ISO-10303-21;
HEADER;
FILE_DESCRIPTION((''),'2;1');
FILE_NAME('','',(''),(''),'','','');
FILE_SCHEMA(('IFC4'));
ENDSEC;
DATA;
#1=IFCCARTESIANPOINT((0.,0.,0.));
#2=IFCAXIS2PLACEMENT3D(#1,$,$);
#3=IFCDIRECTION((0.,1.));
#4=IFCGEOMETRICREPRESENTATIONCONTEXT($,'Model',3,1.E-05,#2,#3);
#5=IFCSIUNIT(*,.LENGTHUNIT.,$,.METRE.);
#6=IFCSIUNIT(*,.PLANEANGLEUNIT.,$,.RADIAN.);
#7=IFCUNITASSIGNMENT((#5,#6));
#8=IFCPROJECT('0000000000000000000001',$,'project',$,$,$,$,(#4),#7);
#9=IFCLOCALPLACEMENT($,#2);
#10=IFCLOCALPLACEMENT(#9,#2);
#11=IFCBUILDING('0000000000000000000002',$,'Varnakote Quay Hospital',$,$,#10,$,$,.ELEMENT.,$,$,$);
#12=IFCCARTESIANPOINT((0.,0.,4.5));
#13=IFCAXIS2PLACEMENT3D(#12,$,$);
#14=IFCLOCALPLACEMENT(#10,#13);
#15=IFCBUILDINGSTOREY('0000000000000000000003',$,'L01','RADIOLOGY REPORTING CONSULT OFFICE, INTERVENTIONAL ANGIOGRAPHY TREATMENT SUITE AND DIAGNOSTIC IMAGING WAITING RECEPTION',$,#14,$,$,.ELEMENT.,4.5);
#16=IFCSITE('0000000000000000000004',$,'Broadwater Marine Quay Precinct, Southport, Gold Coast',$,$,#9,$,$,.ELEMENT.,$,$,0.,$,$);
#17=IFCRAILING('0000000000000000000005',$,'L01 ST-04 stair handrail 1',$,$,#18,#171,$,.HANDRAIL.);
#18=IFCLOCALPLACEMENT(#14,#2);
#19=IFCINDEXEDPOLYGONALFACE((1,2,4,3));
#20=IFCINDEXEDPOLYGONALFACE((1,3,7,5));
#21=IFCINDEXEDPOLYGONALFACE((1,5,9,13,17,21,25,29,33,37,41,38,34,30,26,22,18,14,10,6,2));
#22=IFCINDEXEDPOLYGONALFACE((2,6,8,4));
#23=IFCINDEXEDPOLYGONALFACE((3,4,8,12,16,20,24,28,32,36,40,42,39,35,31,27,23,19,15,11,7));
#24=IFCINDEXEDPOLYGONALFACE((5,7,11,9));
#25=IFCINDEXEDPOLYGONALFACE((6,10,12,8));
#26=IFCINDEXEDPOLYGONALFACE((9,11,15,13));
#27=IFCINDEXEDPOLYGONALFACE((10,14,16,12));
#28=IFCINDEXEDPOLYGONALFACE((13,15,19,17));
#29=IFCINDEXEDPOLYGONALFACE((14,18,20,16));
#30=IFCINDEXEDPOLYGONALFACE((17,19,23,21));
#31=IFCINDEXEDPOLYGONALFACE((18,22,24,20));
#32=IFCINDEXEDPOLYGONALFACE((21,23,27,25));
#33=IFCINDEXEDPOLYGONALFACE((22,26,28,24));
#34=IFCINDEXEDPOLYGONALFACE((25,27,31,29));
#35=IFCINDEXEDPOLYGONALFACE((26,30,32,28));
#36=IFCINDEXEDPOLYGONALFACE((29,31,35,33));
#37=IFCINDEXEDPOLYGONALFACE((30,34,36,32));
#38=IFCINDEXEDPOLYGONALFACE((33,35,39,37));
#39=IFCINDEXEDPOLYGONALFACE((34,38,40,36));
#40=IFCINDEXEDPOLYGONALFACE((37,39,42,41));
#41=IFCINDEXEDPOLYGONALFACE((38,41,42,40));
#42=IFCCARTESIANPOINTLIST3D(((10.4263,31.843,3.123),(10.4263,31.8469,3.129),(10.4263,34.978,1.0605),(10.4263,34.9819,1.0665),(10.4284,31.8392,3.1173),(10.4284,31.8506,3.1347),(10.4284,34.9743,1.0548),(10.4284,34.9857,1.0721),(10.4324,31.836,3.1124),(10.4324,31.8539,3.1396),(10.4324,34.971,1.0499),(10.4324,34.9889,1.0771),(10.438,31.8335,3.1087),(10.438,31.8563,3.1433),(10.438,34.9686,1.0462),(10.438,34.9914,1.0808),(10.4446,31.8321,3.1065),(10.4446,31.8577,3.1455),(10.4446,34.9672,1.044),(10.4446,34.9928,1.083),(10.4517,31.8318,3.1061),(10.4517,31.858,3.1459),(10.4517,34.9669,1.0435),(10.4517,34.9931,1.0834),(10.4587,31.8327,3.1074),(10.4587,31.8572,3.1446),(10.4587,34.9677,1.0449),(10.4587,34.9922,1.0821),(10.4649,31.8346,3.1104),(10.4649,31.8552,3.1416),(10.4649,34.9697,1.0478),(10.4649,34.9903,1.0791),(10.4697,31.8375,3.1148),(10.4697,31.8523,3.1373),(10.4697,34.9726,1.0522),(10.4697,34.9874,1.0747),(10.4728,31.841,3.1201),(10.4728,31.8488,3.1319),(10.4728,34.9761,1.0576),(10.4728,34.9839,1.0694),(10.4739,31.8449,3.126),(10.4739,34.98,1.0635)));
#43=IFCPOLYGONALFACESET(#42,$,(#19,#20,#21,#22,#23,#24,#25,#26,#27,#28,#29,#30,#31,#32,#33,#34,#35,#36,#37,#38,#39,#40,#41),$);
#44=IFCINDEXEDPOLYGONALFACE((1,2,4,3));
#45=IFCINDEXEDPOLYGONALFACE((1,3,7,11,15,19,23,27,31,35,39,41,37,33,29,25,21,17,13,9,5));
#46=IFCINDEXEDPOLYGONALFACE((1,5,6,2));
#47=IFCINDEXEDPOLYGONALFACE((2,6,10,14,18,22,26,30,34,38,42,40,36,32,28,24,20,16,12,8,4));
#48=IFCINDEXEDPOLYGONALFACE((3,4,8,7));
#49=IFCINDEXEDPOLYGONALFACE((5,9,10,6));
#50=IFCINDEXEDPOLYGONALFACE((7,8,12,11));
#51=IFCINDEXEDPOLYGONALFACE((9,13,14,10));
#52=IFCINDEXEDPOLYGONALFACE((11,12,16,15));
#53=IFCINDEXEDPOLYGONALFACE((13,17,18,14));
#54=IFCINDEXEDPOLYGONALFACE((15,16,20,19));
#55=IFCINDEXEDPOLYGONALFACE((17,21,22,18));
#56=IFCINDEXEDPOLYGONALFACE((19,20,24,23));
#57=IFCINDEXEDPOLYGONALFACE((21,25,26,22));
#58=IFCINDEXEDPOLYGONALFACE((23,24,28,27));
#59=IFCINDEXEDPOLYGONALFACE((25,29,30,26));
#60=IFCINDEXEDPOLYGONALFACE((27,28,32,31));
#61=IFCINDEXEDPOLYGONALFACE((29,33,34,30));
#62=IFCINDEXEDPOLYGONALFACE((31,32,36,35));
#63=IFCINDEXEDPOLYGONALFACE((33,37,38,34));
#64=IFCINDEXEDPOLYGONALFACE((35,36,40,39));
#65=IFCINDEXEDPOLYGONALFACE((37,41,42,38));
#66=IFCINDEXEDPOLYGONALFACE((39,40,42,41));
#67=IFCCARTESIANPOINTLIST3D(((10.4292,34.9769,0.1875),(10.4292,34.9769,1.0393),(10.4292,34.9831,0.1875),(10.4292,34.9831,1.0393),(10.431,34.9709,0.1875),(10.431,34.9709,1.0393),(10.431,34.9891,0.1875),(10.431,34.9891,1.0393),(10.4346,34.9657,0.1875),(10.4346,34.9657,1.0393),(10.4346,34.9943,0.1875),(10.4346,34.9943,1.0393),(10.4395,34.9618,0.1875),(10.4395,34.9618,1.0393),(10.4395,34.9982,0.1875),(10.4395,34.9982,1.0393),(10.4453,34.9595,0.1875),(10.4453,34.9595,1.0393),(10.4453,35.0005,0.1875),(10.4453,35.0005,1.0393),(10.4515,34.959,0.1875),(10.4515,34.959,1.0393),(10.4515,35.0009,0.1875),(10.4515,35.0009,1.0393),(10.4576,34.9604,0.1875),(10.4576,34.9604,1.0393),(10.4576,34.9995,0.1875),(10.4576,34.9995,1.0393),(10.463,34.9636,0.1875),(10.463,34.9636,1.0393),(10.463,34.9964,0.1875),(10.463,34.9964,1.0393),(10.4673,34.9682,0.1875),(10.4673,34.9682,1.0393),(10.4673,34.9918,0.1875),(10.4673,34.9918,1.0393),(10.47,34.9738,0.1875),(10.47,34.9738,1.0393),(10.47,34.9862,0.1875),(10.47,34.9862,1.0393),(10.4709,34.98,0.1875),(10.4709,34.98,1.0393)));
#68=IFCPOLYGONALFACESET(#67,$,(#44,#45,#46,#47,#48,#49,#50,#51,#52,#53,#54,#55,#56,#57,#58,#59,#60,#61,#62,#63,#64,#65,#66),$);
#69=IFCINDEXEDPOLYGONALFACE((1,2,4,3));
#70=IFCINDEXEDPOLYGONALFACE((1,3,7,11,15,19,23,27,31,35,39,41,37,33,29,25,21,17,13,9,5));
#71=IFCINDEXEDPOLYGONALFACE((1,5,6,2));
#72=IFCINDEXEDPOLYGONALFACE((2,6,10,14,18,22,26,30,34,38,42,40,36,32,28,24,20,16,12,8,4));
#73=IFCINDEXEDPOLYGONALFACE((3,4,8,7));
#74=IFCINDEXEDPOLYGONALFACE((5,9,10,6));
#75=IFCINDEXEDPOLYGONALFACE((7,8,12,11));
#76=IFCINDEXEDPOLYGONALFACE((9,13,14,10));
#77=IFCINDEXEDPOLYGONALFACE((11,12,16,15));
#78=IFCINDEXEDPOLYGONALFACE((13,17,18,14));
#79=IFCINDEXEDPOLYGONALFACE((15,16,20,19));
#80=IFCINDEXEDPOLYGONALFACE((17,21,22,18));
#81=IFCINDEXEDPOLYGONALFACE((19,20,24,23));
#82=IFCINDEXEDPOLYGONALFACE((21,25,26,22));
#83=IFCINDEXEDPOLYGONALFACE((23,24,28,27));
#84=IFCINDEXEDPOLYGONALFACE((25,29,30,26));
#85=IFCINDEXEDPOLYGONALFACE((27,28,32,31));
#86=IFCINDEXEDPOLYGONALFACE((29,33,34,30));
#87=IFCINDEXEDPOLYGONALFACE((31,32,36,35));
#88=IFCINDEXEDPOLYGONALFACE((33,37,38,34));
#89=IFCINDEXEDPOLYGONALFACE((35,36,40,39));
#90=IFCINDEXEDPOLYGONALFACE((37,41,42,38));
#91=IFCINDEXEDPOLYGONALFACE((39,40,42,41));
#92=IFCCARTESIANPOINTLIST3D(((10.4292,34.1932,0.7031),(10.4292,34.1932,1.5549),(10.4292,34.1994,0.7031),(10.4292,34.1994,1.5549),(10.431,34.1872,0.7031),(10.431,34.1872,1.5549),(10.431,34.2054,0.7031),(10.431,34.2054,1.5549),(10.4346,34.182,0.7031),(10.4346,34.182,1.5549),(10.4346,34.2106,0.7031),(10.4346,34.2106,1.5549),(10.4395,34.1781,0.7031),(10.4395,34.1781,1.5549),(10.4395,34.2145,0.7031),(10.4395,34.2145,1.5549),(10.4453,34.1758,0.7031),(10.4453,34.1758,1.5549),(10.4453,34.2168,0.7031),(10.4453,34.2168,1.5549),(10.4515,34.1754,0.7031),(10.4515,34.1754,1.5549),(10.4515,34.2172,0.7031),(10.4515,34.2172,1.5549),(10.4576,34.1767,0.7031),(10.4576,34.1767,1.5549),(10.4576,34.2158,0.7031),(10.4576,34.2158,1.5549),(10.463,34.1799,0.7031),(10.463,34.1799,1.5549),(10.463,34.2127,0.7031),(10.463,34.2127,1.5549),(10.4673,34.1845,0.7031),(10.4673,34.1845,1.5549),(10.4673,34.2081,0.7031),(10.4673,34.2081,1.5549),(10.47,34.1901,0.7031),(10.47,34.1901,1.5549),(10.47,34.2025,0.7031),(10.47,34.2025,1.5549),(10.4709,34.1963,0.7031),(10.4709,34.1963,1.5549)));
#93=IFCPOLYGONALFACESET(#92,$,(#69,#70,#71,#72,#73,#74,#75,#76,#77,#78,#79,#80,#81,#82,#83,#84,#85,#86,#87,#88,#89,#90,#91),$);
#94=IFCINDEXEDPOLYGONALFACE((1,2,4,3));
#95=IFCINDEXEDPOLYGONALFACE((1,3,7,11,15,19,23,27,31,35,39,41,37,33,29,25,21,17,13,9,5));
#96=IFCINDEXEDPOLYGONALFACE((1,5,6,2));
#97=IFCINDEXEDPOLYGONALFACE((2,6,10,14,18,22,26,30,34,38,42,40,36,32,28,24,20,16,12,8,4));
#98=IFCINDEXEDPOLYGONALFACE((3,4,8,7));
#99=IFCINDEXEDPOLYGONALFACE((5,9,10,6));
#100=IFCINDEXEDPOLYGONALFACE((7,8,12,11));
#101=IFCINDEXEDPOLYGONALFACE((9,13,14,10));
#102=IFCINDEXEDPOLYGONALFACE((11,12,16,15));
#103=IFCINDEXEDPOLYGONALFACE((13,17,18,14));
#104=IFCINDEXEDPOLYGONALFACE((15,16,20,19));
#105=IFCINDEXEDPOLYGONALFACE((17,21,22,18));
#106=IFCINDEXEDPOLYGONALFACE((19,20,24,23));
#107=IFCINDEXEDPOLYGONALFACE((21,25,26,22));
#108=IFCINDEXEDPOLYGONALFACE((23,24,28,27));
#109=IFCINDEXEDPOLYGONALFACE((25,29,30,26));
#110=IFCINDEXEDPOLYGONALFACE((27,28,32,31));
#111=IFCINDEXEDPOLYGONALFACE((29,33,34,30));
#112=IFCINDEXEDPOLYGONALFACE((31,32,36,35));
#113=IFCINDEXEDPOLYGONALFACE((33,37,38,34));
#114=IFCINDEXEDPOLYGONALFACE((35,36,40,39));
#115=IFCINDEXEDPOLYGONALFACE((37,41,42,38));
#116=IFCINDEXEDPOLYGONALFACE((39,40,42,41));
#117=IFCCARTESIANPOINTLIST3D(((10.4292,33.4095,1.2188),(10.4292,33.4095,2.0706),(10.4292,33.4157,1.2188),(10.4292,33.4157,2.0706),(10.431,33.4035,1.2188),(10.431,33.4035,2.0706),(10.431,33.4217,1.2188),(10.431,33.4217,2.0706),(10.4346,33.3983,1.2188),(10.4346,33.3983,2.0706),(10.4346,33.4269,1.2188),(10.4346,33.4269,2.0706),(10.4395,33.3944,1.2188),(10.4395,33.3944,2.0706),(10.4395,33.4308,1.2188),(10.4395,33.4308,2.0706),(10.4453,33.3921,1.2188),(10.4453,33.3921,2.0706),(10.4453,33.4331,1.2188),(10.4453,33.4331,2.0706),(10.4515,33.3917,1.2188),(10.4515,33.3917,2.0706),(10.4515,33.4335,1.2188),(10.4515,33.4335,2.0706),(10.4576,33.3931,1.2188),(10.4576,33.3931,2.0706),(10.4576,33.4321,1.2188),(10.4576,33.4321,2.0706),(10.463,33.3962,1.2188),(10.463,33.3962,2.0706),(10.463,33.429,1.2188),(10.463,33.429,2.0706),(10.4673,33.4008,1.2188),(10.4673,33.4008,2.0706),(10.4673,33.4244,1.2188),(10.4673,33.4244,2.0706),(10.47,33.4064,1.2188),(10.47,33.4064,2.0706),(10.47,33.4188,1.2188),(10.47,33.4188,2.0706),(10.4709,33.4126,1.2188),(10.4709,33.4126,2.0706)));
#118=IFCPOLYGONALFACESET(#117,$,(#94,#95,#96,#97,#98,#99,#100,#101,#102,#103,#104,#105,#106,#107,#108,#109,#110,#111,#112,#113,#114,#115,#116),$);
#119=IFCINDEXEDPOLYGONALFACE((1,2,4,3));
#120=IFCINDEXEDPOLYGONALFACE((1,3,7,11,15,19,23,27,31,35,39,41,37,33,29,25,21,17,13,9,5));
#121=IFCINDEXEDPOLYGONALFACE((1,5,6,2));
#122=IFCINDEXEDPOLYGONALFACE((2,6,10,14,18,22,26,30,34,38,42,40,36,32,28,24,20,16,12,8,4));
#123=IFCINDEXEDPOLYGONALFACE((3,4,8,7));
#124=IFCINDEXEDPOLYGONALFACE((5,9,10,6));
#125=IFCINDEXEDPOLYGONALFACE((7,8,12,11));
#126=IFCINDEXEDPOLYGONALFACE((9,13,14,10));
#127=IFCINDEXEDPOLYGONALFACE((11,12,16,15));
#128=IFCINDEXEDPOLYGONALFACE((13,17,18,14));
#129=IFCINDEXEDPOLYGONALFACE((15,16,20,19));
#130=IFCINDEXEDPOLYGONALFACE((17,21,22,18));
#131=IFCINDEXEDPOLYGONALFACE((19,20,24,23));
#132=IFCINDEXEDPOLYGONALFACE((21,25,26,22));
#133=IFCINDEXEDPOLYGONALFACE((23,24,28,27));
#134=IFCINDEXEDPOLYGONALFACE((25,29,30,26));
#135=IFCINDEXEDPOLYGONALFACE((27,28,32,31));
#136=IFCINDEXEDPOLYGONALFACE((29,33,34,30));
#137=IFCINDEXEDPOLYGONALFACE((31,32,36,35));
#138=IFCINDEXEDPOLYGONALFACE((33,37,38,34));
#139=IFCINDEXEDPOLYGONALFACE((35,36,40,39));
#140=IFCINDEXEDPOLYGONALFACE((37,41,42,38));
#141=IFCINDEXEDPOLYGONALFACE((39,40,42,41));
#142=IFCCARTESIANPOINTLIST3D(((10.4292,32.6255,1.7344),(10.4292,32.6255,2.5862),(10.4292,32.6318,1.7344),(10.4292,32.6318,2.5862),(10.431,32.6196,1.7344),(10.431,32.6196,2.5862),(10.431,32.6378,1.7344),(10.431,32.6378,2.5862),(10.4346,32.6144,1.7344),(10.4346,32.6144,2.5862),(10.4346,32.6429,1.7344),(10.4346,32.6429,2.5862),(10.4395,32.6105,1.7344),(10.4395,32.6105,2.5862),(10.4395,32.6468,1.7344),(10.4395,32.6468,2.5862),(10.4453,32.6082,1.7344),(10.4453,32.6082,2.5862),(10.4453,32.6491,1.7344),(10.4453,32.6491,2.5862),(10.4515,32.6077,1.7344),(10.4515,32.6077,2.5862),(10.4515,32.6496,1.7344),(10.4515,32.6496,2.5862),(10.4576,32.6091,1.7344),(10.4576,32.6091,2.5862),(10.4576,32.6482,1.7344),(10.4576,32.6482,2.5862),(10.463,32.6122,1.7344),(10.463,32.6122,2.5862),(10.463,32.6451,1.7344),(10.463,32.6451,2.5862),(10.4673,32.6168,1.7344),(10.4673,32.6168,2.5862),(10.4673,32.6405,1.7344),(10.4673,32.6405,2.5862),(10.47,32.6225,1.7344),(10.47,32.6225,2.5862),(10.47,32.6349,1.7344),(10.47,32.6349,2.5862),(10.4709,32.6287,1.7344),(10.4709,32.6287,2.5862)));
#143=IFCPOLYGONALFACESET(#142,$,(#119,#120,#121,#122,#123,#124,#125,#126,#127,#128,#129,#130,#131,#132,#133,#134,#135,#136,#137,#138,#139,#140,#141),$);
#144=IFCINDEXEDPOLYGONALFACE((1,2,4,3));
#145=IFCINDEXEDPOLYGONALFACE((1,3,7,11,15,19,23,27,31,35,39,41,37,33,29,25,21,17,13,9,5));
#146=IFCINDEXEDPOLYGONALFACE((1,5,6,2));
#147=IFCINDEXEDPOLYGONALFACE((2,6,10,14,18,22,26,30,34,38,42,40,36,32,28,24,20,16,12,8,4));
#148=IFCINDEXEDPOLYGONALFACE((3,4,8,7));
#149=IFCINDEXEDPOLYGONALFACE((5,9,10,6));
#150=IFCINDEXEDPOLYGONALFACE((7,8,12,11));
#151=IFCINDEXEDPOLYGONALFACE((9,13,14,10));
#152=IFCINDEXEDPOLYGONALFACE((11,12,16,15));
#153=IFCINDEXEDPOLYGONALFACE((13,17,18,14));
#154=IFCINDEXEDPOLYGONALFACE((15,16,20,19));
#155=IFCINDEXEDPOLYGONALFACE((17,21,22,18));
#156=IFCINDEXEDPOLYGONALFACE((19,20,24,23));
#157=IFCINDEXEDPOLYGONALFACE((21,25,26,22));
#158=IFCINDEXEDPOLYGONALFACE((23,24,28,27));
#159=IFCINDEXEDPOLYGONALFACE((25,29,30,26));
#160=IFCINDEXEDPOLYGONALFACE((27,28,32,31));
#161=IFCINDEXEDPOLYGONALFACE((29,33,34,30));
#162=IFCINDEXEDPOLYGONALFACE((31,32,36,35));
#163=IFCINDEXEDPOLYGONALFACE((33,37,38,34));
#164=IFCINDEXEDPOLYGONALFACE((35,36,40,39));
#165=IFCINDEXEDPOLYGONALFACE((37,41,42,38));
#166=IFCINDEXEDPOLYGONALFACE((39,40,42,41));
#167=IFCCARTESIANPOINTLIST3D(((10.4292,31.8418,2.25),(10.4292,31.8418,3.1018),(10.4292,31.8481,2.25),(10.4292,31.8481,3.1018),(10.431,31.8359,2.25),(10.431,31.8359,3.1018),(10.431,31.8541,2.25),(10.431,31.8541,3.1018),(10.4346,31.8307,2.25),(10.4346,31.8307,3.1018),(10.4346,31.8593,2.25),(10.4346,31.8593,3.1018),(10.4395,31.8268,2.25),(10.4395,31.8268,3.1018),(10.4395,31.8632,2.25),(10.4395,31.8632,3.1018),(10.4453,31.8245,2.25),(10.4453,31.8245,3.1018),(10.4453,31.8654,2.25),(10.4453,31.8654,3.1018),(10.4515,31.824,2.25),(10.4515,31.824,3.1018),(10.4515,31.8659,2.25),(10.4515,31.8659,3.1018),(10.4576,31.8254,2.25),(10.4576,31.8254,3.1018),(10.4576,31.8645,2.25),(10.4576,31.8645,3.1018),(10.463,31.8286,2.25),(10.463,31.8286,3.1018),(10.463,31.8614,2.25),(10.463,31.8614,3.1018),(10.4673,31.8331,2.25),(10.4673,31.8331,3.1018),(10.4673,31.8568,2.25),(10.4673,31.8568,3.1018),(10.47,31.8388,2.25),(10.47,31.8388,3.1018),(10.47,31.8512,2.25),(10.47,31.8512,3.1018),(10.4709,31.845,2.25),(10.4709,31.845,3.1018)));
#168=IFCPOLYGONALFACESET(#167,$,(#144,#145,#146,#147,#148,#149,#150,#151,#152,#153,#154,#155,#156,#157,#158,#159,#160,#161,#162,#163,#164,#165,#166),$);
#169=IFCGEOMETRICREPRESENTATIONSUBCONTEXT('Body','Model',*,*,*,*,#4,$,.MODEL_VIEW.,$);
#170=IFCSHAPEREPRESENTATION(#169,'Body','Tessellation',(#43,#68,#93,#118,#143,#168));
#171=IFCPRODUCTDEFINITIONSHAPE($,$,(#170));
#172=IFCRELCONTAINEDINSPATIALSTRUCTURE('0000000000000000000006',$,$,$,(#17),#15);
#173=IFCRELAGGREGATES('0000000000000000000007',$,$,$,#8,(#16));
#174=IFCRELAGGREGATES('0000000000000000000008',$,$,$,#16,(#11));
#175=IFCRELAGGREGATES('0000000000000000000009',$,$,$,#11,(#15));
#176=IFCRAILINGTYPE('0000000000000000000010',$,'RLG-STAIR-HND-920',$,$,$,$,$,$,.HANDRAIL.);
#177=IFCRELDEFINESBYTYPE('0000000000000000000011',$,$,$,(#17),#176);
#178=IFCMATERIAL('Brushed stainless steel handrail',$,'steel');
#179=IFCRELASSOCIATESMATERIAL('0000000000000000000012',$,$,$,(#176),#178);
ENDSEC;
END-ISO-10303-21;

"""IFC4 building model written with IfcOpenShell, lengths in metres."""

from ifc_helpers import new_model, si_unit, direction, frame, origin, origin_2d, place, context, subcontext, project, spatial, circle, extrude, material, type_object, element, save


model = new_model("IFC4")

# Units and contexts
model_context = context("Model", 3, precision=1e-05, world=origin(), true_north=direction((0.0, 1.0)))
body_context = subcontext(model_context, "Body", "Model", "MODEL_VIEW")
ifc_project = project(units=[si_unit("LENGTHUNIT", "METRE"), si_unit("PLANEANGLEUNIT", "RADIAN")], contexts=[model_context])

# Site, building, storey
site_placement = place(None, origin())
site = spatial("IfcSite", under=ifc_project, at=site_placement, Name="Broadwater Marine Quay Precinct, Southport, Gold Coast", CompositionType="ELEMENT", RefElevation=0.0)
building_placement = place(site_placement, origin())
building = spatial("IfcBuilding", under=site, at=building_placement, Name="Varnakote Quay Hospital", CompositionType="ELEMENT")
storey_placement = place(building_placement, frame((0.0, 0.0, 4.5)))
storey = spatial("IfcBuildingStorey", under=building, at=storey_placement, Name="L01", Description="RADIOLOGY REPORTING CONSULT OFFICE, INTERVENTIONAL ANGIOGRAPHY TREATMENT SUITE AND DIAGNOSTIC IMAGING WAITING RECEPTION", CompositionType="ELEMENT", Elevation=4.5)

# Railing
ifc_material_1 = material(Name="Brushed stainless steel handrail", Category="steel")
railing_type_1 = type_object("IfcRailingType", Name="RLG-STAIR-HND-920", PredefinedType="HANDRAIL", material=ifc_material_1)
railing_1_placement = place(storey_placement, frame((10.45, 34.98, 0.1875)))
element("IfcRailing", 1, at=railing_1_placement, inside=storey, type_object=railing_type_1, Name="L01 ST-04 stair handrail 1", PredefinedType="HANDRAIL", context=body_context, shape_type="SweptSolid", body=[
    extrude(circle(Radius=0.0239, at=origin_2d()), frame((0.0, 0.0, 0.876), z_axis=(0.0, -0.835418, 0.549615), x_axis=(1.0, 0.0, 0.0)), (0.0, 0.0, 1.0), 3.7527),
    extrude(circle(Radius=0.021, at=origin_2d()), origin(), (0.0, 0.0, 1.0), 0.8518),
    extrude(circle(Radius=0.021, at=origin_2d()), frame((0.0, -0.7837, 0.5156)), (0.0, 0.0, 1.0), 0.8518),
    extrude(circle(Radius=0.021, at=origin_2d()), frame((0.0, -1.5674, 1.0312)), (0.0, 0.0, 1.0), 0.8518),
    extrude(circle(Radius=0.021, at=origin_2d()), frame((0.0, -2.3513, 1.5469)), (0.0, 0.0, 1.0), 0.8518),
    extrude(circle(Radius=0.021, at=origin_2d()), frame((0.0, -3.135, 2.0625)), (0.0, 0.0, 1.0), 0.8518),
])

save(model, "model.ifc")
